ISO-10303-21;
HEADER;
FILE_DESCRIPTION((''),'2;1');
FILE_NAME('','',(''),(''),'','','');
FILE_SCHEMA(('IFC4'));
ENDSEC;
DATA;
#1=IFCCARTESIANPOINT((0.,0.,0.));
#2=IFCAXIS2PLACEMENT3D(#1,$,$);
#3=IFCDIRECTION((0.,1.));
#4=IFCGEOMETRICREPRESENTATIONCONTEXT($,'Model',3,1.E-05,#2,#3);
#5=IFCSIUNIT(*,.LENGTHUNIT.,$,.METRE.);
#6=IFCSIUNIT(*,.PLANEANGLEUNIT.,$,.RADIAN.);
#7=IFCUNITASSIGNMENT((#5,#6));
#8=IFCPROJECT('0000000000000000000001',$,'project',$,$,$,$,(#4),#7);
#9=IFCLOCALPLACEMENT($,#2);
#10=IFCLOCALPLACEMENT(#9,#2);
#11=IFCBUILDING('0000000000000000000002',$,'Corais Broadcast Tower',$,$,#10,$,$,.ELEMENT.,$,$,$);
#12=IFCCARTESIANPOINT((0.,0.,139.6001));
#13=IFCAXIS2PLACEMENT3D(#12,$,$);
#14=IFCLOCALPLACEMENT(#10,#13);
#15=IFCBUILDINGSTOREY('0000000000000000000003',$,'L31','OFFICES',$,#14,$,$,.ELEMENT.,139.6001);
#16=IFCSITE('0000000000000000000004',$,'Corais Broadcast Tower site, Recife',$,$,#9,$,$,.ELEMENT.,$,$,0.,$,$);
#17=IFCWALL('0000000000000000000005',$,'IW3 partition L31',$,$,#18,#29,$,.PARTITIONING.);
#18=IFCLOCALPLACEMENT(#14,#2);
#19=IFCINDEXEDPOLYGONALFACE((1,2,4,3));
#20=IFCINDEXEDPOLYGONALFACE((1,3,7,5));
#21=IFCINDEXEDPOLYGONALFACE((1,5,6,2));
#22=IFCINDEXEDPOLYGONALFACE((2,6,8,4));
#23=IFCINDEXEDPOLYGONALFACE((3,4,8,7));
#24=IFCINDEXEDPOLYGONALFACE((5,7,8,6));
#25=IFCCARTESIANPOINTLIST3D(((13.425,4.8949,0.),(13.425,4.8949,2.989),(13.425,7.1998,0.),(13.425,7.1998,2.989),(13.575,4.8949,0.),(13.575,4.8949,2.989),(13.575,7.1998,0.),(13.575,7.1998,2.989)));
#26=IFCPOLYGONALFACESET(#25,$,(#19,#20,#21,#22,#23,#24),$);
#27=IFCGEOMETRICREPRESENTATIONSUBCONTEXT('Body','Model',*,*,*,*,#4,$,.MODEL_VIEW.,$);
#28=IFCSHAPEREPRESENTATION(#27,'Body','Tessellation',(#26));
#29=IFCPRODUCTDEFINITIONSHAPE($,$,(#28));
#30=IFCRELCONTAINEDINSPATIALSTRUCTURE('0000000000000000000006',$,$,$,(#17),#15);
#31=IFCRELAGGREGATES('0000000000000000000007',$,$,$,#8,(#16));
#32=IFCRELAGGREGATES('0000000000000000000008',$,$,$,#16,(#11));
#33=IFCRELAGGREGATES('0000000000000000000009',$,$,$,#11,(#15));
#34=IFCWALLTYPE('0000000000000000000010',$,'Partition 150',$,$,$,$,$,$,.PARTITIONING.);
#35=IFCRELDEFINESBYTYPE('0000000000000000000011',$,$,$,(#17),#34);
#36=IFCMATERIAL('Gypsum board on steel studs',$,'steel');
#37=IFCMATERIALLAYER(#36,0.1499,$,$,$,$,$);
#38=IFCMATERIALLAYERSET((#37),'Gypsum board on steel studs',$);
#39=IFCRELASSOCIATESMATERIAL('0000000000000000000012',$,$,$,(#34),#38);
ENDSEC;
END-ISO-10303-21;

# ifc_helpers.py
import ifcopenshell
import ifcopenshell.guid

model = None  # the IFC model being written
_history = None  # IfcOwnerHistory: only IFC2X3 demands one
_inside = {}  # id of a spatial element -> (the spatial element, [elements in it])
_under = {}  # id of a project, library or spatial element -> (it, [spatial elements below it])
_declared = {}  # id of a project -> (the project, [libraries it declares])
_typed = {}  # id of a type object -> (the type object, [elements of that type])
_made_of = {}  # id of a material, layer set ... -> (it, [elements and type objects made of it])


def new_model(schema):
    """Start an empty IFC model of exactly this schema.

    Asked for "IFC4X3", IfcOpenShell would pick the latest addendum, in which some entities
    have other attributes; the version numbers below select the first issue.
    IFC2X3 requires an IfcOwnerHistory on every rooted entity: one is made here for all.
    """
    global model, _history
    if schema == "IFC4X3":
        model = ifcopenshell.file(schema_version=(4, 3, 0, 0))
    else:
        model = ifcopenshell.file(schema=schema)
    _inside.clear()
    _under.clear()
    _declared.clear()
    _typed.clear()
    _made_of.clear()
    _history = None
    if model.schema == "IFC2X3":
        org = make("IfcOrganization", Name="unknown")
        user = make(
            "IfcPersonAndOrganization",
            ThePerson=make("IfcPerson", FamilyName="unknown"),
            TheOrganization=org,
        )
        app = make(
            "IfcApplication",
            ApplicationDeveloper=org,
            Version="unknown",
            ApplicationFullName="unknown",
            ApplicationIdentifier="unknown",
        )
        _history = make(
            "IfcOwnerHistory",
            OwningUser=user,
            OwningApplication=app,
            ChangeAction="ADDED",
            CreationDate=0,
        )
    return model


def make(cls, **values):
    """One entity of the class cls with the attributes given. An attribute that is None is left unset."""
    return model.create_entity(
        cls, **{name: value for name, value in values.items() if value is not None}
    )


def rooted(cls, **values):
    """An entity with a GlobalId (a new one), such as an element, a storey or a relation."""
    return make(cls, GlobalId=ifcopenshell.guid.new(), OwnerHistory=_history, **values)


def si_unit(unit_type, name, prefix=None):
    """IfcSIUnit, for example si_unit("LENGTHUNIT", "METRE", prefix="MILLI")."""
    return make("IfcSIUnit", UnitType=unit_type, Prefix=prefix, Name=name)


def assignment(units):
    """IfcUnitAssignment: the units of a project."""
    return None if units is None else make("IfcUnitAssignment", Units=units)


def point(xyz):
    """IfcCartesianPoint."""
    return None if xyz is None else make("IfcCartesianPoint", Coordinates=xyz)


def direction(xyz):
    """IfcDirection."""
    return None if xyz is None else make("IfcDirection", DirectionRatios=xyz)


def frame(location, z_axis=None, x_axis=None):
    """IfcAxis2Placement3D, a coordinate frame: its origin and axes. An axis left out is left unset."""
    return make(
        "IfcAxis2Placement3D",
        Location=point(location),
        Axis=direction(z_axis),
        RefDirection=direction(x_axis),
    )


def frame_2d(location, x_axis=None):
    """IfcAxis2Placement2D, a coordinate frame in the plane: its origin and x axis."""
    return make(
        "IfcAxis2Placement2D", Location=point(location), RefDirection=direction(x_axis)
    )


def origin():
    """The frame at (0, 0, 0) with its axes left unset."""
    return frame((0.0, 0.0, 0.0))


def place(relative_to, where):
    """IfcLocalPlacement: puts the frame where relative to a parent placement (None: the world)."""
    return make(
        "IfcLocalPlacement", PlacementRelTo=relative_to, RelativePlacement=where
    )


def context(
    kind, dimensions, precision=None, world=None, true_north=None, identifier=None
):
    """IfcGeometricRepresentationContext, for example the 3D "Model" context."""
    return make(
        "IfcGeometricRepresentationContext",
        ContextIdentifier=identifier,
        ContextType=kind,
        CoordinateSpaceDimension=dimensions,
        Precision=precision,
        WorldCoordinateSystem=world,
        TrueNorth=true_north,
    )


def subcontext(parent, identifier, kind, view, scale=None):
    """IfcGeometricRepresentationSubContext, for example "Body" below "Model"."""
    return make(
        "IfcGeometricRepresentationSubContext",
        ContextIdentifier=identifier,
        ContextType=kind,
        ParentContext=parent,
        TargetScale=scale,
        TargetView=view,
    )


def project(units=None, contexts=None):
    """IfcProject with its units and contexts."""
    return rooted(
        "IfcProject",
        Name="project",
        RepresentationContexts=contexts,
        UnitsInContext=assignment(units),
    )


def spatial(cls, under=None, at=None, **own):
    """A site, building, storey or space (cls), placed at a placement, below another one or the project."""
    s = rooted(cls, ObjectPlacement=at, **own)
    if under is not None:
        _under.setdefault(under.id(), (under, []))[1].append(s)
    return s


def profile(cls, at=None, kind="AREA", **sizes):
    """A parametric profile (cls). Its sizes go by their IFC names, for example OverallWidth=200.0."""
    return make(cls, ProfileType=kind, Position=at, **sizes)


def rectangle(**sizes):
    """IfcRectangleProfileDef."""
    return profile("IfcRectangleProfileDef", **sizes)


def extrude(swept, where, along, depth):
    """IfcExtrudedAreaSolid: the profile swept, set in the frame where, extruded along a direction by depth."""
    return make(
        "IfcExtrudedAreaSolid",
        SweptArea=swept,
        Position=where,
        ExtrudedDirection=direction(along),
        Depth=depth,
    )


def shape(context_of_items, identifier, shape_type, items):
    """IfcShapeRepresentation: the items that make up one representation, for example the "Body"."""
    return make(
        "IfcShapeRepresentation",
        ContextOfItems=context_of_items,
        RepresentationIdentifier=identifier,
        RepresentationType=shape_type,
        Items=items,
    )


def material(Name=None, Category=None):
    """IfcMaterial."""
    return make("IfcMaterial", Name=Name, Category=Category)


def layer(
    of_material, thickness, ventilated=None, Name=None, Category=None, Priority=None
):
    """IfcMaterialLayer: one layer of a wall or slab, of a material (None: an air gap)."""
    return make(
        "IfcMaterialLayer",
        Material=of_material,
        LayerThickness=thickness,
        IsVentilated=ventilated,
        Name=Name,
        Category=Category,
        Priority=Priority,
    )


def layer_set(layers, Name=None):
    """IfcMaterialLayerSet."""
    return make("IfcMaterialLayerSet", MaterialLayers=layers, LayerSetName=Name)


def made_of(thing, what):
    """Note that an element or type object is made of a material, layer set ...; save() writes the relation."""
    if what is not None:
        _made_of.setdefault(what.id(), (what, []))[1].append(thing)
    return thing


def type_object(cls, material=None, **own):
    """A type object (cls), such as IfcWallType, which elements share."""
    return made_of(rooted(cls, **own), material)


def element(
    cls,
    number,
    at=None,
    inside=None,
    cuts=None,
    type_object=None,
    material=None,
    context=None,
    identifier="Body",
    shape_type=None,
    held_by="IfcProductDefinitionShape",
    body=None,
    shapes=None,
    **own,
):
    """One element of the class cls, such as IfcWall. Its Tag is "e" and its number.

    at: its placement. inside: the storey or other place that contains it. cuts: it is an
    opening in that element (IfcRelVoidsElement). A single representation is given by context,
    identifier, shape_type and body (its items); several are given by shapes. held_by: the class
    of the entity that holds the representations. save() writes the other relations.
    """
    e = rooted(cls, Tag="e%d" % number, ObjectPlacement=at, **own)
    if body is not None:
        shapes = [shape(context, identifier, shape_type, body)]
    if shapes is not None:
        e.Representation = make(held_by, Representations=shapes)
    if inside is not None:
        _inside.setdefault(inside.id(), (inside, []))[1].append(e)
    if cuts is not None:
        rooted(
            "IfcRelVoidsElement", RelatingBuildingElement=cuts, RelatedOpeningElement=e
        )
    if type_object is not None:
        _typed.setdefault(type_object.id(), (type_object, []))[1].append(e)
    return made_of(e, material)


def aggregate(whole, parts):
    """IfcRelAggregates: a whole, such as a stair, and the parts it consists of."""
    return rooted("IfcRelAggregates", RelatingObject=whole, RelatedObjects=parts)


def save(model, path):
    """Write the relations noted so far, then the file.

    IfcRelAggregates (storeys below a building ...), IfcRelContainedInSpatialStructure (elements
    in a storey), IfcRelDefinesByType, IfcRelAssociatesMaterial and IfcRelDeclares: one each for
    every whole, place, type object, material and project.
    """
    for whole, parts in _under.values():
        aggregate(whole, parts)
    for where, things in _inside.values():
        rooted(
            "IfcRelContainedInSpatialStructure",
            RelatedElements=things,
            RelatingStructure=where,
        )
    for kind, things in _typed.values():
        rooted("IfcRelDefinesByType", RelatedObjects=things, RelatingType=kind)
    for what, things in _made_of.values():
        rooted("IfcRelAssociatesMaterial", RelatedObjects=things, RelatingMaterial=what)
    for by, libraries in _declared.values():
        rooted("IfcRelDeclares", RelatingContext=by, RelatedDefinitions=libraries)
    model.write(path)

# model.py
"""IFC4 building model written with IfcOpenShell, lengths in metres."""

from ifc_helpers import new_model, si_unit, direction, frame, frame_2d, origin, place, context, subcontext, project, spatial, rectangle, extrude, material, layer, layer_set, type_object, element, save


model = new_model("IFC4")

# Units and contexts
model_context = context("Model", 3, precision=1e-05, world=origin(), true_north=direction((0.0, 1.0)))
body_context = subcontext(model_context, "Body", "Model", "MODEL_VIEW")
ifc_project = project(units=[si_unit("LENGTHUNIT", "METRE"), si_unit("PLANEANGLEUNIT", "RADIAN")], contexts=[model_context])

# Site, building, storey
site_placement = place(None, origin())
site = spatial("IfcSite", under=ifc_project, at=site_placement, Name="Corais Broadcast Tower site, Recife", CompositionType="ELEMENT", RefElevation=0.0)
building_placement = place(site_placement, origin())
building = spatial("IfcBuilding", under=site, at=building_placement, Name="Corais Broadcast Tower", CompositionType="ELEMENT")
storey_placement = place(building_placement, frame((0.0, 0.0, 139.6001)))
storey = spatial("IfcBuildingStorey", under=building, at=storey_placement, Name="L31", Description="OFFICES", CompositionType="ELEMENT", Elevation=139.6001)

# Wall
ifc_material_1 = material(Name="Gypsum board on steel studs", Category="steel")
ifc_layer_1 = layer(ifc_material_1, 0.1499)
ifc_layer_set_1 = layer_set([ifc_layer_1], Name="Gypsum board on steel studs")
wall_type = type_object("IfcWallType", Name="Partition 150", PredefinedType="PARTITIONING", material=ifc_layer_set_1)
wall_placement = place(storey_placement, frame((13.5, 4.895, 0.0), z_axis=(0.0, 0.0, 1.0), x_axis=(0.0, 1.0, 0.0)))
element("IfcWall", 1, at=wall_placement, inside=storey, type_object=wall_type, Name="IW3 partition L31", PredefinedType="PARTITIONING", context=body_context, shape_type="SweptSolid", body=[
    extrude(rectangle(XDim=2.3049, YDim=0.1499, at=frame_2d((1.1523, 0.0))), origin(), (0.0, 0.0, 1.0), 2.989),
])

save(model, "model.ifc")
